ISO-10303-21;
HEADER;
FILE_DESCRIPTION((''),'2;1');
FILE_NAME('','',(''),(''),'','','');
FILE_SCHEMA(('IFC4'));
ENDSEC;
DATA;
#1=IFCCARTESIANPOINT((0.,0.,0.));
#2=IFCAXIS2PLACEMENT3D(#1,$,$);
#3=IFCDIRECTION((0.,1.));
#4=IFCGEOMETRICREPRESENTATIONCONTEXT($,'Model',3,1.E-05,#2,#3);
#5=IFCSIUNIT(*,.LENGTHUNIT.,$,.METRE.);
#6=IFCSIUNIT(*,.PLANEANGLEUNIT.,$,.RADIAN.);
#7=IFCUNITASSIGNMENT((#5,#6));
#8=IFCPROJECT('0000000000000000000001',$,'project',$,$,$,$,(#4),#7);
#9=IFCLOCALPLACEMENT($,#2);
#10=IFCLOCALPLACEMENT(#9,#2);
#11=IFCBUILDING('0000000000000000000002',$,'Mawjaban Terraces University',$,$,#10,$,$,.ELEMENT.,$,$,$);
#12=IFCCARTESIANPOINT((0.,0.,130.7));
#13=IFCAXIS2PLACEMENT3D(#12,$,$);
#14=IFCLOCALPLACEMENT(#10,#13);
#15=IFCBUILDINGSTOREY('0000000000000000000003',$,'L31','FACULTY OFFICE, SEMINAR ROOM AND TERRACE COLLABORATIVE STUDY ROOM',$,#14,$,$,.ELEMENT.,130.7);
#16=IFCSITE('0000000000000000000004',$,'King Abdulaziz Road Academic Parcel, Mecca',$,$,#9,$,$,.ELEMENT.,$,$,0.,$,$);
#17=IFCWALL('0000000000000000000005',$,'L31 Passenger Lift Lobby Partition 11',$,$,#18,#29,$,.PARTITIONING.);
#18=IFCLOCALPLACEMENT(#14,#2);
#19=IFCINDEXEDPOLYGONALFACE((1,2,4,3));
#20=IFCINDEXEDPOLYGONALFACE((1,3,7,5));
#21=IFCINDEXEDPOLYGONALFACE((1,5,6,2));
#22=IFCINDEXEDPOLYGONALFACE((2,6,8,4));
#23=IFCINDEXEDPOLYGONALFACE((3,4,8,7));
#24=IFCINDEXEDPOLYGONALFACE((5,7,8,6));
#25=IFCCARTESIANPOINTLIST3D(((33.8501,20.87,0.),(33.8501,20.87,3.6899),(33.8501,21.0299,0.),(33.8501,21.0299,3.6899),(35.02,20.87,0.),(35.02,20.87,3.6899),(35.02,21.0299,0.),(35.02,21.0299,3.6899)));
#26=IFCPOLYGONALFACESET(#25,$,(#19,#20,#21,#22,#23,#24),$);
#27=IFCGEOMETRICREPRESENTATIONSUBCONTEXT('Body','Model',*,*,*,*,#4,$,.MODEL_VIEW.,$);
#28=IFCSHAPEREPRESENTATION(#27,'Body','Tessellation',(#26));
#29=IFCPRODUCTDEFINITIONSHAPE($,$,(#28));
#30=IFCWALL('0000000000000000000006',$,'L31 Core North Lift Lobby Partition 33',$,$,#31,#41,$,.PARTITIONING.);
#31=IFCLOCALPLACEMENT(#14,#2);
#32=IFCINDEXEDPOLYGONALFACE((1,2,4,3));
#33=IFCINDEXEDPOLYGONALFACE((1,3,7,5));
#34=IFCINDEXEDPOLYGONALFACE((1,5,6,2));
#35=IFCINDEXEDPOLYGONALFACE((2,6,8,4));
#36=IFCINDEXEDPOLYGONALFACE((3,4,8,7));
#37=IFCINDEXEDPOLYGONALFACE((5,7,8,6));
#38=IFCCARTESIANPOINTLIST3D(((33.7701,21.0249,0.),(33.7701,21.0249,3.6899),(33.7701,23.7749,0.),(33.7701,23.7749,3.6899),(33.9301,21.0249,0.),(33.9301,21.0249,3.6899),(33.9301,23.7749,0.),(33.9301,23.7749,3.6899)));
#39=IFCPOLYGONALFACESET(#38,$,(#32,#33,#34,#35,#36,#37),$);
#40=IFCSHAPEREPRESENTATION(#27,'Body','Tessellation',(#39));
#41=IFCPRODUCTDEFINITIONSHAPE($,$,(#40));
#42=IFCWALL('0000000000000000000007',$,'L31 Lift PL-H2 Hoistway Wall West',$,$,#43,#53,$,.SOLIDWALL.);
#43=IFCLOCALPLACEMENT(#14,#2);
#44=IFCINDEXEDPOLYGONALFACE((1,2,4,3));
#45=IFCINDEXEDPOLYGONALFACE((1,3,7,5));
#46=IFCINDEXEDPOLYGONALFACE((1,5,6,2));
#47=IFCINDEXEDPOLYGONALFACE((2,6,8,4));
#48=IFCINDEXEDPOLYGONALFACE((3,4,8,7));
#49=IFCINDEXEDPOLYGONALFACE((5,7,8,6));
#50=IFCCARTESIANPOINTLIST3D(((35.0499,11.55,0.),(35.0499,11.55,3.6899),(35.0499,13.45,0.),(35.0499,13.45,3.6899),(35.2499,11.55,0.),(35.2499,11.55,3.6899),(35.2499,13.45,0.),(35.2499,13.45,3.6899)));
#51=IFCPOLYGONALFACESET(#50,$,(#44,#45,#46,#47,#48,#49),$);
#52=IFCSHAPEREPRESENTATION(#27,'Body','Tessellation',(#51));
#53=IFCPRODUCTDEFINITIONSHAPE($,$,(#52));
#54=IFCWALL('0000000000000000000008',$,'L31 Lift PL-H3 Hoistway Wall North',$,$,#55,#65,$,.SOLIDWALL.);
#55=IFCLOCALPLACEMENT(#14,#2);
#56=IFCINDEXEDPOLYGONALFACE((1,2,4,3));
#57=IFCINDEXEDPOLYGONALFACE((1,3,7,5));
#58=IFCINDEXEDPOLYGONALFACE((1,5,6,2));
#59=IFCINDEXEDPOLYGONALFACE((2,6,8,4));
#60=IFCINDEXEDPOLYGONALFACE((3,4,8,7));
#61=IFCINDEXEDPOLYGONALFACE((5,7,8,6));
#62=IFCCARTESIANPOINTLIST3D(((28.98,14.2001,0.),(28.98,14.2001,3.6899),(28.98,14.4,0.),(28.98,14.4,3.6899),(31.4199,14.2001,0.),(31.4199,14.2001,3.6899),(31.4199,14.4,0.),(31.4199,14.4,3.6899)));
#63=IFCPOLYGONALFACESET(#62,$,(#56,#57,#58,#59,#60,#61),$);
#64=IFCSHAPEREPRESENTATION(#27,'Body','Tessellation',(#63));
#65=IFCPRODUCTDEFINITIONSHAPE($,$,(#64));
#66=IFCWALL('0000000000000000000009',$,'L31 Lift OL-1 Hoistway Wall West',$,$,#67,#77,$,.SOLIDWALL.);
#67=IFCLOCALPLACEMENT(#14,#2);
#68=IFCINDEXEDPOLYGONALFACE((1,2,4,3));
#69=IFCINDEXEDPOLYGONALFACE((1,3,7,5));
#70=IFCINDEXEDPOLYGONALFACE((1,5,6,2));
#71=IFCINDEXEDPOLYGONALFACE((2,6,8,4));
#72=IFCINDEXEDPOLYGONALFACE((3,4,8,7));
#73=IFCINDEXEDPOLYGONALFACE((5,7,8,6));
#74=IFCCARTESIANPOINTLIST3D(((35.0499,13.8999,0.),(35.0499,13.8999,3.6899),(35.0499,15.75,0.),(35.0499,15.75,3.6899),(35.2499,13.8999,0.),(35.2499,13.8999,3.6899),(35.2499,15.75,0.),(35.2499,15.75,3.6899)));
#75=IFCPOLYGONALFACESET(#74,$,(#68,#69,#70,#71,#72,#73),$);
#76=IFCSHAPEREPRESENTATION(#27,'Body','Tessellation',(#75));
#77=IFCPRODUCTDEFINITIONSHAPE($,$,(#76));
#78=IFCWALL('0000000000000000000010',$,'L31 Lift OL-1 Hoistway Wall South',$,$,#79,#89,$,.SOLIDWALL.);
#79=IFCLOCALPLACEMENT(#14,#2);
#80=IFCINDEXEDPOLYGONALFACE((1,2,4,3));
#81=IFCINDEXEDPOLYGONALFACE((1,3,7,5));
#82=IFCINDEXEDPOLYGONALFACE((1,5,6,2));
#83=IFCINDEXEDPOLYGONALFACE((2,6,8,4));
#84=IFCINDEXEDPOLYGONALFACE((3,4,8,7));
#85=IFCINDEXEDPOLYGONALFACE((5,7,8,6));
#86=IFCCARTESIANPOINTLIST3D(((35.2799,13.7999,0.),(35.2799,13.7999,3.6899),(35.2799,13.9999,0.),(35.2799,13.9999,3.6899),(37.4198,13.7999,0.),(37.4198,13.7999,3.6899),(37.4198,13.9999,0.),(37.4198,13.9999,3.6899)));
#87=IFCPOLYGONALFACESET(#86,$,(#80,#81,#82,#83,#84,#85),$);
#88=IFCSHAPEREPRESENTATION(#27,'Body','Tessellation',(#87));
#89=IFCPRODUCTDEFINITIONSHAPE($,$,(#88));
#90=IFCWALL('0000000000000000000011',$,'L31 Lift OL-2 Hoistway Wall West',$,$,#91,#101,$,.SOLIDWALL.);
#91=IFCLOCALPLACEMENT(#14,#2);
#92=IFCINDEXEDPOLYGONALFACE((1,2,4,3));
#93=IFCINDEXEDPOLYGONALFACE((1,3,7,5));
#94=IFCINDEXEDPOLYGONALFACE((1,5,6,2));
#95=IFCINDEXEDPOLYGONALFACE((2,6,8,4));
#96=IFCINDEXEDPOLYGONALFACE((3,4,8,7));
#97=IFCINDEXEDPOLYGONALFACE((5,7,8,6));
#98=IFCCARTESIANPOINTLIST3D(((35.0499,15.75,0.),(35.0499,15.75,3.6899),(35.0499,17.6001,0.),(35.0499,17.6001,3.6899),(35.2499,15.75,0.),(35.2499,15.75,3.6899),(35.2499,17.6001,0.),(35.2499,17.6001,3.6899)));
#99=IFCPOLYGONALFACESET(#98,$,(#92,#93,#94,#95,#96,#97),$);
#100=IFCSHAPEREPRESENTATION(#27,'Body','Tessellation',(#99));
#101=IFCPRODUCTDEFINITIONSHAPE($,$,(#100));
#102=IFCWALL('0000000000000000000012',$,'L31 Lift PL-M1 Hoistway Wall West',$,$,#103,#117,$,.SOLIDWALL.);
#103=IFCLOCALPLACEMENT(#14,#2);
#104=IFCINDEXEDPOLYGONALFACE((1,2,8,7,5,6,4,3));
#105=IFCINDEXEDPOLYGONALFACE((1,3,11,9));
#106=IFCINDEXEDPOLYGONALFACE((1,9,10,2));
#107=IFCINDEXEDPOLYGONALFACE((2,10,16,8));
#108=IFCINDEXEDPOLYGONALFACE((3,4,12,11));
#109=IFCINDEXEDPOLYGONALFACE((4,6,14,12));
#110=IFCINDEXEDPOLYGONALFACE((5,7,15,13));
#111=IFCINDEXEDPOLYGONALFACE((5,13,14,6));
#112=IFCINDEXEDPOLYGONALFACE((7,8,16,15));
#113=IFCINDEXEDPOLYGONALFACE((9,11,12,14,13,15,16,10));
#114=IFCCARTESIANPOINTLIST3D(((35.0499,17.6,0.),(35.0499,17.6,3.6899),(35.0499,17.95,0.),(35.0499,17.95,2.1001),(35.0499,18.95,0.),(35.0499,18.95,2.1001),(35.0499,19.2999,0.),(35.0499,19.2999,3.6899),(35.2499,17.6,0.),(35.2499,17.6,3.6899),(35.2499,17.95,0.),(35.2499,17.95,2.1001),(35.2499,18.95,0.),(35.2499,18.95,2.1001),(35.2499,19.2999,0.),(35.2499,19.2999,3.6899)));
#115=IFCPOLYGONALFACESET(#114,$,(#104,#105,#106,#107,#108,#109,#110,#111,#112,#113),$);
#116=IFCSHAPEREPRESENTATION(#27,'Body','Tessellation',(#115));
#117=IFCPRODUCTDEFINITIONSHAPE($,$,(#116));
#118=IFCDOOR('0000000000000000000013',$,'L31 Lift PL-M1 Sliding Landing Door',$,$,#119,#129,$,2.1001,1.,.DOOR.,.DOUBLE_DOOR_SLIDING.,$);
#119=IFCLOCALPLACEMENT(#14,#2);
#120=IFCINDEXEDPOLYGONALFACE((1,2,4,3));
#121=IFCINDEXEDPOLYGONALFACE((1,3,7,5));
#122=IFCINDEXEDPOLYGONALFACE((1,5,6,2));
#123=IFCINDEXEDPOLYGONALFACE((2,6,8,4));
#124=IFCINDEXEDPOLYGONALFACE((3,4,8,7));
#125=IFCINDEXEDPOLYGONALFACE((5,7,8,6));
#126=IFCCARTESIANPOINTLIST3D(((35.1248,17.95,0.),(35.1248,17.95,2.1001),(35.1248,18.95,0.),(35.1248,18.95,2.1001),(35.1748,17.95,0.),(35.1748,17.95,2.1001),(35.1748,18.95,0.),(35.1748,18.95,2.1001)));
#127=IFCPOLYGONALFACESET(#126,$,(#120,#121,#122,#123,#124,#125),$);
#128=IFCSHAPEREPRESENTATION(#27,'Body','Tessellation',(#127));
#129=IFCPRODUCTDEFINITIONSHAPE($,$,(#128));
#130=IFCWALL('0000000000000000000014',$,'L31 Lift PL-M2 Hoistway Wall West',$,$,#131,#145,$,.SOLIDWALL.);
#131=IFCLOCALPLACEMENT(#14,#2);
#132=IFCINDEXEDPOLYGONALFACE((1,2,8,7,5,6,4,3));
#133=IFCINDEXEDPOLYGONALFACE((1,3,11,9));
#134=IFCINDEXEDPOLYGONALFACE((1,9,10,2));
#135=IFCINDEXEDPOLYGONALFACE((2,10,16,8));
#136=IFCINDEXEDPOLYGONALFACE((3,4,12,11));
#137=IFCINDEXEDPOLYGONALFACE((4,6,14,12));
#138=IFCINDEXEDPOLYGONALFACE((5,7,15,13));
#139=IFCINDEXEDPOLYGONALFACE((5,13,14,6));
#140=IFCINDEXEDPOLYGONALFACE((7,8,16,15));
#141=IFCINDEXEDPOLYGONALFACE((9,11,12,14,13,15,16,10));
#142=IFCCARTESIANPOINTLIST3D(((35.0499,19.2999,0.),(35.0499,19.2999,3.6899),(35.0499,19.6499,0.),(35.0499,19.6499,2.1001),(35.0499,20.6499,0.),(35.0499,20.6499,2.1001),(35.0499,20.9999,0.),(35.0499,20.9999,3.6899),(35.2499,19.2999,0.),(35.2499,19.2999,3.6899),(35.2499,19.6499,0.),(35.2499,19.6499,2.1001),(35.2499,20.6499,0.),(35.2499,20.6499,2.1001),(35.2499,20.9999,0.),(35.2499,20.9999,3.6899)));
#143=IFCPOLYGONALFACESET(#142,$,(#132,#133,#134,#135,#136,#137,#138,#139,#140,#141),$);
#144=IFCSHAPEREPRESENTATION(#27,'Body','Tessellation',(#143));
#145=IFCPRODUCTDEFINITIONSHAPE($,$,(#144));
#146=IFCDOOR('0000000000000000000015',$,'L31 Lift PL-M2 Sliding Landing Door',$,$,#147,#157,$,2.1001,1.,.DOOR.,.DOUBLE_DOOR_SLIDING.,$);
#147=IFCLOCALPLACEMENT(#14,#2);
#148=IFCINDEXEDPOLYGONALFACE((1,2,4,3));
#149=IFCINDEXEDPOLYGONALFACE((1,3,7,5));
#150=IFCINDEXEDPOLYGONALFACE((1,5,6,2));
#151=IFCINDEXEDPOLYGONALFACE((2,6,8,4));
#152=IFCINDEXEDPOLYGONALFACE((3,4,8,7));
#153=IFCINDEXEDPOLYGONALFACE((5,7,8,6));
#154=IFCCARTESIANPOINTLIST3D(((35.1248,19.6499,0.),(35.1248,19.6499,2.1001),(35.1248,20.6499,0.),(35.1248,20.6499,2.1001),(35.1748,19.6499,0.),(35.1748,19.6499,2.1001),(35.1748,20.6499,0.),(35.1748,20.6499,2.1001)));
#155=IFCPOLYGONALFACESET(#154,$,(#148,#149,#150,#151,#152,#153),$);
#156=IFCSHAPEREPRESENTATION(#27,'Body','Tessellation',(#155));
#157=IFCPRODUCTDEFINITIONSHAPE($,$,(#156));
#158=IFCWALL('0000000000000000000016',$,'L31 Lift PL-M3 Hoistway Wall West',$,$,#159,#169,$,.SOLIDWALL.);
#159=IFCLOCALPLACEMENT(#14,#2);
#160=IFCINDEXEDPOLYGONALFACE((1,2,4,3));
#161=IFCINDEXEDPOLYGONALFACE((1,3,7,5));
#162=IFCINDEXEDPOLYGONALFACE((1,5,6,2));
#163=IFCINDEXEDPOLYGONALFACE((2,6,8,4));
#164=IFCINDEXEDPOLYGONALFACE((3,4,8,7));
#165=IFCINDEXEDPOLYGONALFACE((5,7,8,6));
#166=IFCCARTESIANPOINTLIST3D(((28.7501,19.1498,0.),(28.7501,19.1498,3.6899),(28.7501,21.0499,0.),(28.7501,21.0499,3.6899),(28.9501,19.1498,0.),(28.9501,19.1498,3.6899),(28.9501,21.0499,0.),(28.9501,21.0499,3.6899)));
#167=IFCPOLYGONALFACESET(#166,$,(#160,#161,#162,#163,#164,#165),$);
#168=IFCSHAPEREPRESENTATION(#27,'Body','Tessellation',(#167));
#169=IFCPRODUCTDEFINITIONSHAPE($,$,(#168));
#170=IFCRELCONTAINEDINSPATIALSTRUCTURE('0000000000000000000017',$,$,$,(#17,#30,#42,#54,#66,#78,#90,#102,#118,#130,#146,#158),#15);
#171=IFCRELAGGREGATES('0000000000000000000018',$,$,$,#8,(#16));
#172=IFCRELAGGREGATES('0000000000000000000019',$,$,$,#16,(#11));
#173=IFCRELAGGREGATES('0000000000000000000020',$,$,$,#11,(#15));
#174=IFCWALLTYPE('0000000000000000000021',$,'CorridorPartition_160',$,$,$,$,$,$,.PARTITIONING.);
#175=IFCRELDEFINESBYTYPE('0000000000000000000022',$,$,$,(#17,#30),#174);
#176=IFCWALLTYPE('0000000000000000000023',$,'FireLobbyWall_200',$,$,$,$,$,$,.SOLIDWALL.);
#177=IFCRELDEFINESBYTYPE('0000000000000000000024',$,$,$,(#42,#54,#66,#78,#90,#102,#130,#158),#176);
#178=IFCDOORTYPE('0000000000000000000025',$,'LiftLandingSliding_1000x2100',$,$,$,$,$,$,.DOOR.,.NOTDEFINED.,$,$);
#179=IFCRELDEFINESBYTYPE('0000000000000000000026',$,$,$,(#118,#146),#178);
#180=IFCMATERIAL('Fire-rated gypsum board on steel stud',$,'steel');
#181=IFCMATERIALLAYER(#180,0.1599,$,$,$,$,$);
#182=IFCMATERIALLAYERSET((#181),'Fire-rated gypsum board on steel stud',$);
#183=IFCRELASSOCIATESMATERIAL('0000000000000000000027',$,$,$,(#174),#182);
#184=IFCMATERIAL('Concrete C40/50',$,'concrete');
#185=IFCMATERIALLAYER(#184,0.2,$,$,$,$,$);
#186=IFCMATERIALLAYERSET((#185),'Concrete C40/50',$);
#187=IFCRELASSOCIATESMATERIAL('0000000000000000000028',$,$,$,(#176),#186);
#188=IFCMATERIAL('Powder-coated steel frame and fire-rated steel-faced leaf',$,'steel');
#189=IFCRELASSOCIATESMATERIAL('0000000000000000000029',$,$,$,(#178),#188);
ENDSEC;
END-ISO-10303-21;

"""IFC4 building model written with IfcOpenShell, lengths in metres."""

from ifc_helpers import new_model, si_unit, direction, frame, frame_2d, origin, place, context, subcontext, project, spatial, rectangle, extrude, material, layer, layer_set, type_object, element, fill, save


model = new_model("IFC4")

# Units and contexts
model_context = context("Model", 3, precision=1e-05, world=origin(), true_north=direction((0.0, 1.0)))
body_context = subcontext(model_context, "Body", "Model", "MODEL_VIEW")
ifc_project = project(units=[si_unit("LENGTHUNIT", "METRE"), si_unit("PLANEANGLEUNIT", "RADIAN")], contexts=[model_context])

# Site, building, storey
site_placement = place(None, origin())
site = spatial("IfcSite", under=ifc_project, at=site_placement, Name="King Abdulaziz Road Academic Parcel, Mecca", CompositionType="ELEMENT", RefElevation=0.0)
building_placement = place(site_placement, origin())
building = spatial("IfcBuilding", under=site, at=building_placement, Name="Mawjaban Terraces University", CompositionType="ELEMENT")
storey_placement = place(building_placement, frame((0.0, 0.0, 130.7)))
storey = spatial("IfcBuildingStorey", under=building, at=storey_placement, Name="L31", Description="FACULTY OFFICE, SEMINAR ROOM AND TERRACE COLLABORATIVE STUDY ROOM", CompositionType="ELEMENT", Elevation=130.7)

# Walls
ifc_material_1 = material(Name="Fire-rated gypsum board on steel stud", Category="steel")
ifc_layer_1 = layer(ifc_material_1, 0.1599)
ifc_layer_set_1 = layer_set([ifc_layer_1], Name="Fire-rated gypsum board on steel stud")
wall_type_1 = type_object("IfcWallType", Name="CorridorPartition_160", PredefinedType="PARTITIONING", material=ifc_layer_set_1)
wall_1_placement = place(storey_placement, frame((35.02, 20.95, 0.0), z_axis=(0.0, 0.0, 1.0), x_axis=(-1.0, 0.0, 0.0)))
element("IfcWall", 1, at=wall_1_placement, inside=storey, type_object=wall_type_1, Name="L31 Passenger Lift Lobby Partition 11", PredefinedType="PARTITIONING", context=body_context, shape_type="SweptSolid", body=[
    extrude(rectangle(XDim=1.1699, YDim=0.1599, at=frame_2d((0.585, 0.0))), origin(), (0.0, 0.0, 1.0), 3.6899),
])
wall_2_placement = place(storey_placement, frame((33.8501, 21.0249, 0.0), z_axis=(0.0, 0.0, 1.0), x_axis=(0.0, 1.0, 0.0)))
element("IfcWall", 2, at=wall_2_placement, inside=storey, type_object=wall_type_1, Name="L31 Core North Lift Lobby Partition 33", PredefinedType="PARTITIONING", context=body_context, shape_type="SweptSolid", body=[
    extrude(rectangle(XDim=2.75, YDim=0.1599, at=frame_2d((1.375, 0.0))), origin(), (0.0, 0.0, 1.0), 3.6899),
])
ifc_material_2 = material(Name="Concrete C40/50", Category="concrete")
ifc_layer_2 = layer(ifc_material_2, 0.2)
ifc_layer_set_2 = layer_set([ifc_layer_2], Name="Concrete C40/50")
wall_type_2 = type_object("IfcWallType", Name="FireLobbyWall_200", PredefinedType="SOLIDWALL", material=ifc_layer_set_2)
wall_3_placement = place(storey_placement, frame((35.1499, 13.45, 0.0), z_axis=(0.0, 0.0, 1.0), x_axis=(0.0, -1.0, 0.0)))
element("IfcWall", 3, at=wall_3_placement, inside=storey, type_object=wall_type_2, Name="L31 Lift PL-H2 Hoistway Wall West", PredefinedType="SOLIDWALL", context=body_context, shape_type="SweptSolid", body=[
    extrude(rectangle(XDim=1.8999, YDim=0.2, at=frame_2d((0.95, 0.0))), origin(), (0.0, 0.0, 1.0), 3.6899),
])
wall_4_placement = place(storey_placement, frame((31.4199, 14.3, 0.0), z_axis=(0.0, 0.0, 1.0), x_axis=(-1.0, 0.0, 0.0)))
element("IfcWall", 4, at=wall_4_placement, inside=storey, type_object=wall_type_2, Name="L31 Lift PL-H3 Hoistway Wall North", PredefinedType="SOLIDWALL", context=body_context, shape_type="SweptSolid", body=[
    extrude(rectangle(XDim=2.4399, YDim=0.2, at=frame_2d((1.22, 0.0))), origin(), (0.0, 0.0, 1.0), 3.6899),
])
wall_5_placement = place(storey_placement, frame((35.1499, 15.75, 0.0), z_axis=(0.0, 0.0, 1.0), x_axis=(0.0, -1.0, 0.0)))
element("IfcWall", 5, at=wall_5_placement, inside=storey, type_object=wall_type_2, Name="L31 Lift OL-1 Hoistway Wall West", PredefinedType="SOLIDWALL", context=body_context, shape_type="SweptSolid", body=[
    extrude(rectangle(XDim=1.8501, YDim=0.2, at=frame_2d((0.925, 0.0))), origin(), (0.0, 0.0, 1.0), 3.6899),
])
wall_6_placement = place(storey_placement, frame((35.28, 13.8999, 0.0), z_axis=(0.0, 0.0, 1.0), x_axis=(1.0, 0.0, 0.0)))
element("IfcWall", 6, at=wall_6_placement, inside=storey, type_object=wall_type_2, Name="L31 Lift OL-1 Hoistway Wall South", PredefinedType="SOLIDWALL", context=body_context, shape_type="SweptSolid", body=[
    extrude(rectangle(XDim=2.1399, YDim=0.2, at=frame_2d((1.0698, 0.0))), origin(), (0.0, 0.0, 1.0), 3.6899),
])
wall_7_placement = place(storey_placement, frame((35.1499, 17.6001, 0.0), z_axis=(0.0, 0.0, 1.0), x_axis=(0.0, -1.0, 0.0)))
element("IfcWall", 7, at=wall_7_placement, inside=storey, type_object=wall_type_2, Name="L31 Lift OL-2 Hoistway Wall West", PredefinedType="SOLIDWALL", context=body_context, shape_type="SweptSolid", body=[
    extrude(rectangle(XDim=1.8501, YDim=0.2, at=frame_2d((0.925, 0.0))), origin(), (0.0, 0.0, 1.0), 3.6899),
])

# Walls, openings, doors
wall_8_placement = place(storey_placement, frame((35.1499, 19.3, 0.0), z_axis=(0.0, 0.0, 1.0), x_axis=(0.0, -1.0, 0.0)))
wall_8 = element("IfcWall", 8, at=wall_8_placement, inside=storey, type_object=wall_type_2, Name="L31 Lift PL-M1 Hoistway Wall West", PredefinedType="SOLIDWALL", context=body_context, shape_type="SweptSolid", body=[
    extrude(rectangle(XDim=1.7, YDim=0.2, at=frame_2d((0.8501, 0.0))), origin(), (0.0, 0.0, 1.0), 3.6899),
])
opening_1_placement = place(wall_8_placement, frame((0.3501, 0.0, 0.0)))
opening_1 = element("IfcOpeningElement", 9, at=opening_1_placement, cuts=wall_8, PredefinedType="OPENING", context=body_context, shape_type="SweptSolid", body=[
    extrude(rectangle(XDim=1.0, YDim=2.1001, at=frame_2d((0.5, 1.05))), frame((0.0, 0.1099, 0.0), z_axis=(0.0, -1.0, 0.0), x_axis=(1.0, 0.0, 0.0)), (0.0, 0.0, 1.0), 0.22),
])
ifc_material_3 = material(Name="Powder-coated steel frame and fire-rated steel-faced leaf", Category="steel")
door_type_1 = type_object("IfcDoorType", Name="LiftLandingSliding_1000x2100", OperationType="NOTDEFINED", PredefinedType="DOOR", material=ifc_material_3)
door_1_placement = place(opening_1_placement, origin())
door_1 = element("IfcDoor", 10, at=door_1_placement, inside=storey, type_object=door_type_1, Name="L31 Lift PL-M1 Sliding Landing Door", OperationType="DOUBLE_DOOR_SLIDING", OverallHeight=2.1001, OverallWidth=1.0, PredefinedType="DOOR", context=body_context, shape_type="SweptSolid", body=[
    extrude(rectangle(XDim=1.0, YDim=2.1001, at=frame_2d((0.5, 1.05))), frame((0.0, 0.0249, 0.0), z_axis=(0.0, -1.0, 0.0), x_axis=(1.0, 0.0, 0.0)), (0.0, 0.0, 1.0), 0.05),
])
fill(opening_1, door_1)
wall_9_placement = place(storey_placement, frame((35.1499, 21.0, 0.0), z_axis=(0.0, 0.0, 1.0), x_axis=(0.0, -1.0, 0.0)))
wall_9 = element("IfcWall", 11, at=wall_9_placement, inside=storey, type_object=wall_type_2, Name="L31 Lift PL-M2 Hoistway Wall West", PredefinedType="SOLIDWALL", context=body_context, shape_type="SweptSolid", body=[
    extrude(rectangle(XDim=1.7, YDim=0.2, at=frame_2d((0.8501, 0.0))), origin(), (0.0, 0.0, 1.0), 3.6899),
])
opening_2_placement = place(wall_9_placement, frame((0.3501, 0.0, 0.0)))
opening_2 = element("IfcOpeningElement", 12, at=opening_2_placement, cuts=wall_9, PredefinedType="OPENING", context=body_context, shape_type="SweptSolid", body=[
    extrude(rectangle(XDim=1.0, YDim=2.1001, at=frame_2d((0.5, 1.05))), frame((0.0, 0.1099, 0.0), z_axis=(0.0, -1.0, 0.0), x_axis=(1.0, 0.0, 0.0)), (0.0, 0.0, 1.0), 0.22),
])
door_2_placement = place(opening_2_placement, origin())
door_2 = element("IfcDoor", 13, at=door_2_placement, inside=storey, type_object=door_type_1, Name="L31 Lift PL-M2 Sliding Landing Door", OperationType="DOUBLE_DOOR_SLIDING", OverallHeight=2.1001, OverallWidth=1.0, PredefinedType="DOOR", context=body_context, shape_type="SweptSolid", body=[
    extrude(rectangle(XDim=1.0, YDim=2.1001, at=frame_2d((0.5, 1.05))), frame((0.0, 0.0249, 0.0), z_axis=(0.0, -1.0, 0.0), x_axis=(1.0, 0.0, 0.0)), (0.0, 0.0, 1.0), 0.05),
])
fill(opening_2, door_2)

# Wall
wall_10_placement = place(storey_placement, frame((28.8501, 21.05, 0.0), z_axis=(0.0, 0.0, 1.0), x_axis=(0.0, -1.0, 0.0)))
element("IfcWall", 14, at=wall_10_placement, inside=storey, type_object=wall_type_2, Name="L31 Lift PL-M3 Hoistway Wall West", PredefinedType="SOLIDWALL", context=body_context, shape_type="SweptSolid", body=[
    extrude(rectangle(XDim=1.9001, YDim=0.2, at=frame_2d((0.9502, 0.0))), origin(), (0.0, 0.0, 1.0), 3.6899),
])

save(model, "model.ifc")
